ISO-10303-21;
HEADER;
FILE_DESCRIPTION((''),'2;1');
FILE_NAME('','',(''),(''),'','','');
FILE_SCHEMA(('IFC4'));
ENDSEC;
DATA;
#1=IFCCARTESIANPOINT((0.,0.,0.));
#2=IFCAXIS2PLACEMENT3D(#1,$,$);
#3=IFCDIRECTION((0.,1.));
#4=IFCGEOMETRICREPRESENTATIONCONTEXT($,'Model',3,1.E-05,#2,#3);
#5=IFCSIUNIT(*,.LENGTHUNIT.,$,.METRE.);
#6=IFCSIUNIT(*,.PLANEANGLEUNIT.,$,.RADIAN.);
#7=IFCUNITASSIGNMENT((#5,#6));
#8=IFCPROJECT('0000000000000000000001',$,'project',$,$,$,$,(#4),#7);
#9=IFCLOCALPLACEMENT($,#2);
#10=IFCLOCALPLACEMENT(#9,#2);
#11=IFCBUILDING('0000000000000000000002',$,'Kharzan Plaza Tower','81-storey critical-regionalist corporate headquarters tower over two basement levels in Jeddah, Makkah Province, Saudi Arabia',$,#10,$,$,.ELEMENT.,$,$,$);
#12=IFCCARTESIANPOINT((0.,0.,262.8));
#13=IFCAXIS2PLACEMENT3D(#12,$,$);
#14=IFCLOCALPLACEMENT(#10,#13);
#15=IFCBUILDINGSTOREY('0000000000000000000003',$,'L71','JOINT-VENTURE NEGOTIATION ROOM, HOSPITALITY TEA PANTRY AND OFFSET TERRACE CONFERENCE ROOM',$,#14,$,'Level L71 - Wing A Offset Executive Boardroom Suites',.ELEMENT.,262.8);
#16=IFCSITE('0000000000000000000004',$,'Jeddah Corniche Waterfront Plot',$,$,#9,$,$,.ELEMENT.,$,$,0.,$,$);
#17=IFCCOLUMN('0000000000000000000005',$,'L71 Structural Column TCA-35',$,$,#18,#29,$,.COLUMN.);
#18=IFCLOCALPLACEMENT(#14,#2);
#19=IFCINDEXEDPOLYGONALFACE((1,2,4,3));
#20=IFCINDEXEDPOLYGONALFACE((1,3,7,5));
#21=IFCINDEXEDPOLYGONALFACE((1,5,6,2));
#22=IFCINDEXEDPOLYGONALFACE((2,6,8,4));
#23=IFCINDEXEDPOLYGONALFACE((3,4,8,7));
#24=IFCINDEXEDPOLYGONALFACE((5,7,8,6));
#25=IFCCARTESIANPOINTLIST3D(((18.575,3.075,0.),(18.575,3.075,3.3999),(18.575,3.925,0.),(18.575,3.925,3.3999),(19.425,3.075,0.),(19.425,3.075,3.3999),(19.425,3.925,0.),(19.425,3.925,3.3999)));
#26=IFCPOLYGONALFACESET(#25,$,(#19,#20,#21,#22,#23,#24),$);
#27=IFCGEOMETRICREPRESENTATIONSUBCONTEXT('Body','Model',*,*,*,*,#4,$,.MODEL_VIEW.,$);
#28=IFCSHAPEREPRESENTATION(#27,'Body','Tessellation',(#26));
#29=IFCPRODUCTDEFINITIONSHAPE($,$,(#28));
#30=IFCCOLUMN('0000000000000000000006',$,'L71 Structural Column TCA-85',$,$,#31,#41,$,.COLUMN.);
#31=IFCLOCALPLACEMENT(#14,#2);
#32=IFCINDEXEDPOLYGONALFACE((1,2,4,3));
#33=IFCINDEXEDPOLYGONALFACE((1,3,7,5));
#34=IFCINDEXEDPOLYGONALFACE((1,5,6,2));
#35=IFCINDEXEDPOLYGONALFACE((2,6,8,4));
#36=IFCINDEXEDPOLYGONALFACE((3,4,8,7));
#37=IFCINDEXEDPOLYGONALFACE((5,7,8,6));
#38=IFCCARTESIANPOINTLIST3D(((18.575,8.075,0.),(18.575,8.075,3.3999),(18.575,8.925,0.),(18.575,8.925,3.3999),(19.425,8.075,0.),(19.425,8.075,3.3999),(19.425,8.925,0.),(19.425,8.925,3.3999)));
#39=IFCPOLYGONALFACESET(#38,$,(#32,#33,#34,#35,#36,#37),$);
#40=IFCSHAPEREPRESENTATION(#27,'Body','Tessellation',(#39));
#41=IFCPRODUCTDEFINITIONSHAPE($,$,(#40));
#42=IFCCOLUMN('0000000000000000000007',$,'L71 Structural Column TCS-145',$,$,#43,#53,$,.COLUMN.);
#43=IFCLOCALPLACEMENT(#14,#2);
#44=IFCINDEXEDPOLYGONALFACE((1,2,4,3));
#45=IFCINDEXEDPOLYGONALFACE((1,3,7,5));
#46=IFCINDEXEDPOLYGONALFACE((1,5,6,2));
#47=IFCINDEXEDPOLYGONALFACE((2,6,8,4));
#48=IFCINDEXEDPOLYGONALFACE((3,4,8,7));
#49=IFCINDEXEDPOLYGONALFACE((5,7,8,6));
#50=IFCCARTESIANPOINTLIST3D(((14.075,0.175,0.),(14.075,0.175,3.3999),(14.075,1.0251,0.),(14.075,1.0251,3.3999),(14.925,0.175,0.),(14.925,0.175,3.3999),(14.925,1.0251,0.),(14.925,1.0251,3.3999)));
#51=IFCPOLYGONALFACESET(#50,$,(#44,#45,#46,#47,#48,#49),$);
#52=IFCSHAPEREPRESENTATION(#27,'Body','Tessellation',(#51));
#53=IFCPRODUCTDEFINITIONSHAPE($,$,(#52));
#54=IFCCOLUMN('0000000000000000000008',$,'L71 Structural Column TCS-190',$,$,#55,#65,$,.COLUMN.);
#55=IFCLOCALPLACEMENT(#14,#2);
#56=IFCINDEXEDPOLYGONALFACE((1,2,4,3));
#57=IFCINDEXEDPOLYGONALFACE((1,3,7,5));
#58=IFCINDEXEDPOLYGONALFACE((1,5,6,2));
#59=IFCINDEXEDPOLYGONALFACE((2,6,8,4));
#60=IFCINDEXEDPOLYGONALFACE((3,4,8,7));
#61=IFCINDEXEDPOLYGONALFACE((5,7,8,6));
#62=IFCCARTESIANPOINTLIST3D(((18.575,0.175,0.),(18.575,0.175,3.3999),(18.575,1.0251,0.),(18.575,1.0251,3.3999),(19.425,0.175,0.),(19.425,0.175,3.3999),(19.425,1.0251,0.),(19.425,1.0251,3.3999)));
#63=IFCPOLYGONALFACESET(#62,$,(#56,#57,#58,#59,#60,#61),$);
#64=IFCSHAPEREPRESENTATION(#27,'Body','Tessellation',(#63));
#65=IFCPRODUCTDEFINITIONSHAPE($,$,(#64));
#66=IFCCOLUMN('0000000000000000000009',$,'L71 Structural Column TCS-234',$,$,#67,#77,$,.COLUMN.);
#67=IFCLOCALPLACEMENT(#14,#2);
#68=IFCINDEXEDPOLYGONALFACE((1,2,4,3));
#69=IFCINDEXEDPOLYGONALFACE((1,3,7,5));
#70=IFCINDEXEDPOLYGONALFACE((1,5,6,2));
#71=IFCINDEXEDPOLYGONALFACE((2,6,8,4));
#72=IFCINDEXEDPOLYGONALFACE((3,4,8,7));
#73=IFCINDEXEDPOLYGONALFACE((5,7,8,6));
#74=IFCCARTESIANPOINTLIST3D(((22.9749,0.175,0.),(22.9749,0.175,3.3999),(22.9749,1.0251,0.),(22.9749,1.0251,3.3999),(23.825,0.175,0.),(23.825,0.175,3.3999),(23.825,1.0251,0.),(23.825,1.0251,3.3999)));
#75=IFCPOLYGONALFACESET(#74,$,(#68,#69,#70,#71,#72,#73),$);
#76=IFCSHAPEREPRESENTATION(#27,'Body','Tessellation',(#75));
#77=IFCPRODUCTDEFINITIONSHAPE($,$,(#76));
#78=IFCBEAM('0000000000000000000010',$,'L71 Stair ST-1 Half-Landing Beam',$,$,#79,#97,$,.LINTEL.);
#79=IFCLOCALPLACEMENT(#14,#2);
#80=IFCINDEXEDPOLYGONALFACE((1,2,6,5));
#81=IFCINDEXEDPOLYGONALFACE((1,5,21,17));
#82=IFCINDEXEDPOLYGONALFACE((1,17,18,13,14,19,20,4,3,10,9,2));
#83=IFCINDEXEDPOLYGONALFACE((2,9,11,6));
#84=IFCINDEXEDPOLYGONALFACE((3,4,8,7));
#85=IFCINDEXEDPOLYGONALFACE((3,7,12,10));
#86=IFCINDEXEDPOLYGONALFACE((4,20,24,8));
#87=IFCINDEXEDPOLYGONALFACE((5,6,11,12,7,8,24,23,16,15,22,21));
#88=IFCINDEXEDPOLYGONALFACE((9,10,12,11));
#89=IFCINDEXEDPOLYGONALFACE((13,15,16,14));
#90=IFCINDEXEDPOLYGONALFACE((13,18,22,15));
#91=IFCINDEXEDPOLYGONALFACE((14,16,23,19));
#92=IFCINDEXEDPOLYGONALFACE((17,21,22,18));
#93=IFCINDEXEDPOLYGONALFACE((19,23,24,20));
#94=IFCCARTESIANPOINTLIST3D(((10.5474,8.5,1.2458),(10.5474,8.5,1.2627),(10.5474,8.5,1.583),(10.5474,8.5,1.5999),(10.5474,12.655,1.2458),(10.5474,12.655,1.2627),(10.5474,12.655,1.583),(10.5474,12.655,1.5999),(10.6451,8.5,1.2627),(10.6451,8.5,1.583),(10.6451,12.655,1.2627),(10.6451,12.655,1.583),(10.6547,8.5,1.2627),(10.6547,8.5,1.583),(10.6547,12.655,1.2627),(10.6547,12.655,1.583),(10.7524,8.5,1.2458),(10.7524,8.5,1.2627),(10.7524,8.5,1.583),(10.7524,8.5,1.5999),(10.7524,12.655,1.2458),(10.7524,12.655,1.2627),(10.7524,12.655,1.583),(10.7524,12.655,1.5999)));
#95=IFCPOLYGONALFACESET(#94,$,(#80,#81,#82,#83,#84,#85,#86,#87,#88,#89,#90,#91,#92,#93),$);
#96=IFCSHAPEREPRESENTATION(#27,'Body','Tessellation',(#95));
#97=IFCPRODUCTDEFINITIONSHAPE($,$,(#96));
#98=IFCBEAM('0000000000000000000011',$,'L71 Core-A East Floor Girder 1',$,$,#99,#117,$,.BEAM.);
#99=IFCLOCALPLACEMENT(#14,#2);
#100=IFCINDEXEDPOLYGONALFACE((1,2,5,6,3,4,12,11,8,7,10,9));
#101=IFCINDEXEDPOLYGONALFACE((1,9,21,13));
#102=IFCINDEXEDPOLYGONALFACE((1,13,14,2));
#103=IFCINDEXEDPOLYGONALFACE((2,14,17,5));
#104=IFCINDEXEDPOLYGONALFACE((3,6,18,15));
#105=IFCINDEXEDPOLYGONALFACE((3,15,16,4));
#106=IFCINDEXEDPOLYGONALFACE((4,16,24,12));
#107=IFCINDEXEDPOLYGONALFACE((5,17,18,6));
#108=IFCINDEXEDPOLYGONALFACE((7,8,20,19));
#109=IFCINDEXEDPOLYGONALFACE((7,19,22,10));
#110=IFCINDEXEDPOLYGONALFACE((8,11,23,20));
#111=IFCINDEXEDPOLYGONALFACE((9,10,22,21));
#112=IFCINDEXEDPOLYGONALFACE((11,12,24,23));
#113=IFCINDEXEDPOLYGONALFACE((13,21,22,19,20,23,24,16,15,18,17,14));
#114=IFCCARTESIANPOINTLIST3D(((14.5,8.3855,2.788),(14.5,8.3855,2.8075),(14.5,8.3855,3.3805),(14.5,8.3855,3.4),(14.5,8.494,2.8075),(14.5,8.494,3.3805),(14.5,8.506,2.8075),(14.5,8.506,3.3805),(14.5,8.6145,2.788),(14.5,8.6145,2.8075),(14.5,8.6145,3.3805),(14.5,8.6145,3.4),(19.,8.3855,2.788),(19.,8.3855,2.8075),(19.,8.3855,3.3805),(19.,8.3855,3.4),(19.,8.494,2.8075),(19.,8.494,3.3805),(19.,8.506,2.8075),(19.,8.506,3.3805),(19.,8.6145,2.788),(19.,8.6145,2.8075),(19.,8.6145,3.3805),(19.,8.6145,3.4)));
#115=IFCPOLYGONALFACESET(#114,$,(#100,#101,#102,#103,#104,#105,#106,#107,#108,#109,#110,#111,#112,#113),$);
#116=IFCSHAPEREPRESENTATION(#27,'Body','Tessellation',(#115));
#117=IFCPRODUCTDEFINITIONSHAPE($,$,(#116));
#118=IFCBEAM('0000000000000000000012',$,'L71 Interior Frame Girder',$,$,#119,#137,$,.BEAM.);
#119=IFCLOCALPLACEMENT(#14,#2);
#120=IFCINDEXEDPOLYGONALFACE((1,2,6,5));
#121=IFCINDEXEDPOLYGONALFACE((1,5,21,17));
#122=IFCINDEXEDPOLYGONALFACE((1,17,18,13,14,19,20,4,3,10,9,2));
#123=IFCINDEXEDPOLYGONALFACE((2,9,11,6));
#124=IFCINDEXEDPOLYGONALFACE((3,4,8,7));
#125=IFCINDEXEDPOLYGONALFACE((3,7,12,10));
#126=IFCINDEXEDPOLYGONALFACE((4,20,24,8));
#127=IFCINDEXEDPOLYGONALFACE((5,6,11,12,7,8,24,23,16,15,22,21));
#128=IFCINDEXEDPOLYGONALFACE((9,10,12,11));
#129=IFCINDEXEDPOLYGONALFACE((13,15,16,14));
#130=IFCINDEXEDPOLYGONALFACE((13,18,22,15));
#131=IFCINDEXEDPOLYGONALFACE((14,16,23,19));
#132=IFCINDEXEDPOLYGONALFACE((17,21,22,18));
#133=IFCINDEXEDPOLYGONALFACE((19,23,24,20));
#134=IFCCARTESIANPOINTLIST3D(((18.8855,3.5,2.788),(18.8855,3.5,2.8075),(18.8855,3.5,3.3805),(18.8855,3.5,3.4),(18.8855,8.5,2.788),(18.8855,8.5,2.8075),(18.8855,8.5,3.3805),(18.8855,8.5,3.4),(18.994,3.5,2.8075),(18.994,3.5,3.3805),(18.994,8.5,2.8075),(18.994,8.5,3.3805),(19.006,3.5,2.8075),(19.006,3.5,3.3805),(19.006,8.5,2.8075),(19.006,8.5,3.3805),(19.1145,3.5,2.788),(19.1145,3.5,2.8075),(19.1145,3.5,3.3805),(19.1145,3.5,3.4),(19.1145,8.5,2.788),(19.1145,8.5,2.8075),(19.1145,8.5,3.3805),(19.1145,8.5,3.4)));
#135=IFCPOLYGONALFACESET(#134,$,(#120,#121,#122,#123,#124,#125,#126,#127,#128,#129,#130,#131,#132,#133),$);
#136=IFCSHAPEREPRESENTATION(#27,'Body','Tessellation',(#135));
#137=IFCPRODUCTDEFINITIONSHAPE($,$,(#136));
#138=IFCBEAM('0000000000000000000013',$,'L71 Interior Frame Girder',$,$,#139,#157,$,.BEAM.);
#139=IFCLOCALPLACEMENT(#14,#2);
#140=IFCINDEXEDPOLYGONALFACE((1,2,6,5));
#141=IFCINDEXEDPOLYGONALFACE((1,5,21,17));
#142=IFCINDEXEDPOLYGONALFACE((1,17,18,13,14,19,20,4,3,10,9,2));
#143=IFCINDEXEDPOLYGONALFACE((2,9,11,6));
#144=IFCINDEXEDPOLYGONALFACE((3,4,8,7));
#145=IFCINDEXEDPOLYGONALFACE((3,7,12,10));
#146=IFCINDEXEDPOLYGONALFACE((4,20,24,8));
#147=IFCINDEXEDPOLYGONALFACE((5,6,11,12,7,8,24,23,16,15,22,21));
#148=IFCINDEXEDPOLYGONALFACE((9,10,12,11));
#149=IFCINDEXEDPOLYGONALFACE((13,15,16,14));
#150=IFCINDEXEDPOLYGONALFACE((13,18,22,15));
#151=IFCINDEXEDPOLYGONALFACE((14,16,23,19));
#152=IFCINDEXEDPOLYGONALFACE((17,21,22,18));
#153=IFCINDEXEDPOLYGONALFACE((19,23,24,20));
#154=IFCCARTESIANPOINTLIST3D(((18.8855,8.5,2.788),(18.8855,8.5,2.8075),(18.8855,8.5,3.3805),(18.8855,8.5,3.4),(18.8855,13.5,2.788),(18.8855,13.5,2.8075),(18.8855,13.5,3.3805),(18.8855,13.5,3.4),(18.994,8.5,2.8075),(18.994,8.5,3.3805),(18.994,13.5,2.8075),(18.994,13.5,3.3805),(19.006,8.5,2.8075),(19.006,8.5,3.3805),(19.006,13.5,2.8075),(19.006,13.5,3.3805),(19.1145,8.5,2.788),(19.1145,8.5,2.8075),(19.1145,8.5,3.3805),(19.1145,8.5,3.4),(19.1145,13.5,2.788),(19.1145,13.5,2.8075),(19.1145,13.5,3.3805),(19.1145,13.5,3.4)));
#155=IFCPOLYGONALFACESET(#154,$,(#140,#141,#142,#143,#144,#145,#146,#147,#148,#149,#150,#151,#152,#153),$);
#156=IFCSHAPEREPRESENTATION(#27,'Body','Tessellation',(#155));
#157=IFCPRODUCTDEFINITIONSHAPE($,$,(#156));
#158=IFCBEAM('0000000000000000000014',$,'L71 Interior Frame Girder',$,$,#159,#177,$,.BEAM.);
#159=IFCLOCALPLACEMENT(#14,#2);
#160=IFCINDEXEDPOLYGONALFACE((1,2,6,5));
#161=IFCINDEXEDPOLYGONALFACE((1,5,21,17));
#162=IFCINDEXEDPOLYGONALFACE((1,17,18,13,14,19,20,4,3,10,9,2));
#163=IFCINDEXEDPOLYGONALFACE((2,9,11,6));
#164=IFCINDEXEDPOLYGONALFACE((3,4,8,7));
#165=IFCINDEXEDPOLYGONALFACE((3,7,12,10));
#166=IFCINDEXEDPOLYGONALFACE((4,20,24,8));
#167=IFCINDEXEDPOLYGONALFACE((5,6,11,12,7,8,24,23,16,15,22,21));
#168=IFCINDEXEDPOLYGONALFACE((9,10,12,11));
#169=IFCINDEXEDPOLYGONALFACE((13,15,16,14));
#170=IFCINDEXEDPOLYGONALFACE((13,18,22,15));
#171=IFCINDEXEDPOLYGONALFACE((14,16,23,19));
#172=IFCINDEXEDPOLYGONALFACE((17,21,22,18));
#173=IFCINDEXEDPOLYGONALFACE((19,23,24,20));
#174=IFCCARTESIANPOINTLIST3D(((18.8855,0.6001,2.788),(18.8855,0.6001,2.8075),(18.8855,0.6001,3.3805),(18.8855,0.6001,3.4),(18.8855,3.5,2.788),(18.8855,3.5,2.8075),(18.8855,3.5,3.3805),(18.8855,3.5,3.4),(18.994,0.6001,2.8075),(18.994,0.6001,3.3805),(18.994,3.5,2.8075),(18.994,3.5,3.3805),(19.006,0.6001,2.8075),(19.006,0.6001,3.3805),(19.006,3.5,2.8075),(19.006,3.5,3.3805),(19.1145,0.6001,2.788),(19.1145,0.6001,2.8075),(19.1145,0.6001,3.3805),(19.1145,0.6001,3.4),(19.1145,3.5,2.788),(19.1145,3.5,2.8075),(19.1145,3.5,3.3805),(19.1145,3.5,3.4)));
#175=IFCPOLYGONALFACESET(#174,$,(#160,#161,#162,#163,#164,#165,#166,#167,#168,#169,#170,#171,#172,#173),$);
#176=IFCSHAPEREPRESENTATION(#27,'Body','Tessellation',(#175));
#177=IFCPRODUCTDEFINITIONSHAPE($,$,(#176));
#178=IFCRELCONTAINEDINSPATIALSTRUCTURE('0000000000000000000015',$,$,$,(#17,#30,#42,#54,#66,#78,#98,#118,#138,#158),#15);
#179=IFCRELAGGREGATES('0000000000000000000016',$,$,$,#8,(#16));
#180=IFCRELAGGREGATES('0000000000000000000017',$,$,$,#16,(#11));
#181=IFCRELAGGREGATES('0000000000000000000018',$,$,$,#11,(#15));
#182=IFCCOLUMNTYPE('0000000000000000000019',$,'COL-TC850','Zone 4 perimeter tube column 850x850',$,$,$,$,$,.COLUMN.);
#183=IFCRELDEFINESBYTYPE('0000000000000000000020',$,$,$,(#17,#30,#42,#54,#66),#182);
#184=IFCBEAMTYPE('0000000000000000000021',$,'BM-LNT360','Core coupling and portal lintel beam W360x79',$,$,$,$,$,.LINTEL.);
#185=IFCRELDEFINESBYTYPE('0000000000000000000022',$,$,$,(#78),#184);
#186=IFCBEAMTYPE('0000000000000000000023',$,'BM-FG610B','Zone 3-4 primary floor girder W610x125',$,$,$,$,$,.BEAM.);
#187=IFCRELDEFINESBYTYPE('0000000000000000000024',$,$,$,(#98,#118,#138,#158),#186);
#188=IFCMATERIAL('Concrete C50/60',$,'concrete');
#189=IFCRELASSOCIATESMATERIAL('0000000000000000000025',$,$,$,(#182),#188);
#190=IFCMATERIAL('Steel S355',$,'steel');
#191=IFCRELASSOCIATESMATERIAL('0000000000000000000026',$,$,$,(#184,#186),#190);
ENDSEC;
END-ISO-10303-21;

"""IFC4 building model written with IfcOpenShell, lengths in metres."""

from ifc_helpers import new_model, si_unit, direction, frame, origin, origin_2d, place, context, subcontext, project, spatial, rectangle, i_section, extrude, source, transform, mapped, material, material_profile, profile_set, type_object, element, save


model = new_model("IFC4")

# Units and contexts
model_context = context("Model", 3, precision=1e-05, world=origin(), true_north=direction((0.0, 1.0)))
body_context = subcontext(model_context, "Body", "Model", "MODEL_VIEW")
ifc_project = project(units=[si_unit("LENGTHUNIT", "METRE"), si_unit("PLANEANGLEUNIT", "RADIAN")], contexts=[model_context])

# Site, building, storey
site_placement = place(None, origin())
site = spatial("IfcSite", under=ifc_project, at=site_placement, Name="Jeddah Corniche Waterfront Plot", CompositionType="ELEMENT", RefElevation=0.0)
building_placement = place(site_placement, origin())
building = spatial("IfcBuilding", under=site, at=building_placement, Name="Kharzan Plaza Tower", Description="81-storey critical-regionalist corporate headquarters tower over two basement levels in Jeddah, Makkah Province, Saudi Arabia", CompositionType="ELEMENT")
storey_placement = place(building_placement, frame((0.0, 0.0, 262.8)))
storey = spatial("IfcBuildingStorey", under=building, at=storey_placement, Name="L71", Description="JOINT-VENTURE NEGOTIATION ROOM, HOSPITALITY TEA PANTRY AND OFFSET TERRACE CONFERENCE ROOM", LongName="Level L71 - Wing A Offset Executive Boardroom Suites", CompositionType="ELEMENT", Elevation=262.8)

# Columns
ifc_material_1 = material(Name="Concrete C50/60", Category="concrete")
ifc_material_profile_1 = material_profile(ifc_material_1, rectangle(XDim=0.8501, YDim=0.8501, at=origin_2d()), Name="RC-TC850x850")
ifc_profile_set_1 = profile_set([ifc_material_profile_1], Name="Concrete C50/60")
column_type = type_object("IfcColumnType", Name="COL-TC850", Description="Zone 4 perimeter tube column 850x850", PredefinedType="COLUMN", material=ifc_profile_set_1)
shared_shape_1 = source(origin(), body_context, "Body", "SweptSolid", [
    extrude(rectangle(XDim=0.8501, YDim=0.8501, at=origin_2d()), origin(), (0.0, 0.0, 1.0), 3.3999),
])
for number, where, z_axis, x_axis, name in (
    (1, (19.0, 3.5, 0.0), (0.0, 0.0, 1.0), (1.0, 0.0, 0.0), "L71 Structural Column TCA-35"),
    (2, (19.0, 8.5, 0.0), (0.0, 0.0, 1.0), (1.0, 0.0, 0.0), "L71 Structural Column TCA-85"),
    (3, (14.5, 0.6001, 0.0), (0.0, 0.0, 1.0), (1.0, 0.0, 0.0), "L71 Structural Column TCS-145"),
    (4, (19.0, 0.6001, 0.0), (0.0, 0.0, 1.0), (1.0, 0.0, 0.0), "L71 Structural Column TCS-190"),
    (5, (23.3999, 0.6001, 0.0), (0.0, 0.0, 1.0), (1.0, 0.0, 0.0), "L71 Structural Column TCS-234"),
):
    element("IfcColumn", number, at=place(storey_placement, frame(where, z_axis=z_axis, x_axis=x_axis)), inside=storey, type_object=column_type, Name=name, PredefinedType="COLUMN", context=body_context, shape_type="MappedRepresentation", body=[
        mapped(shared_shape_1, transform((0.0, 0.0, 0.0), x_axis=(1.0, 0.0, 0.0), y_axis=(0.0, 1.0, 0.0), z_axis=(0.0, 0.0, 1.0))),
    ])

# Beams
ifc_material_2 = material(Name="Steel S355", Category="steel")
ifc_material_profile_2 = material_profile(ifc_material_2, i_section(OverallWidth=0.2051, OverallDepth=0.354, WebThickness=0.0095, FlangeThickness=0.0168, at=origin_2d()), Name="W360x79")
ifc_profile_set_2 = profile_set([ifc_material_profile_2], Name="Steel S355")
beam_type_1 = type_object("IfcBeamType", Name="BM-LNT360", Description="Core coupling and portal lintel beam W360x79", PredefinedType="LINTEL", material=ifc_profile_set_2)
shared_shape_2 = source(origin(), body_context, "Body", "SweptSolid", [
    extrude(i_section(OverallWidth=0.2051, OverallDepth=0.354, WebThickness=0.0095, FlangeThickness=0.0168, at=origin_2d()), origin(), (0.0, 0.0, 1.0), 4.155),
])
beam_1_placement = place(storey_placement, frame((10.6499, 8.5, 1.4229), z_axis=(0.0, 1.0, 0.0), x_axis=(-1.0, 0.0, 0.0)))
element("IfcBeam", 6, at=beam_1_placement, inside=storey, type_object=beam_type_1, Name="L71 Stair ST-1 Half-Landing Beam", PredefinedType="LINTEL", context=body_context, shape_type="MappedRepresentation", body=[
    mapped(shared_shape_2, transform((0.0, 0.0, 0.0), x_axis=(1.0, 0.0, 0.0), y_axis=(0.0, 1.0, 0.0), z_axis=(0.0, 0.0, 1.0))),
])
ifc_material_profile_3 = material_profile(ifc_material_2, i_section(OverallWidth=0.229, OverallDepth=0.6121, WebThickness=0.012, FlangeThickness=0.0195, at=origin_2d()), Name="W610x125")
ifc_profile_set_3 = profile_set([ifc_material_profile_3], Name="Steel S355")
beam_type_2 = type_object("IfcBeamType", Name="BM-FG610B", Description="Zone 3-4 primary floor girder W610x125", PredefinedType="BEAM", material=ifc_profile_set_3)
shared_shape_3 = source(origin(), body_context, "Body", "SweptSolid", [
    extrude(i_section(OverallWidth=0.229, OverallDepth=0.6121, WebThickness=0.012, FlangeThickness=0.0195, at=origin_2d()), origin(), (0.0, 0.0, 1.0), 4.5),
])
beam_2_placement = place(storey_placement, frame((14.5, 8.5, 3.094), z_axis=(1.0, 0.0, 0.0), x_axis=(0.0, 1.0, 0.0)))
element("IfcBeam", 7, at=beam_2_placement, inside=storey, type_object=beam_type_2, Name="L71 Core-A East Floor Girder 1", PredefinedType="BEAM", context=body_context, shape_type="MappedRepresentation", body=[
    mapped(shared_shape_3, transform((0.0, 0.0, 0.0), x_axis=(1.0, 0.0, 0.0), y_axis=(0.0, 1.0, 0.0), z_axis=(0.0, 0.0, 1.0))),
])
shared_shape_4 = source(origin(), body_context, "Body", "SweptSolid", [
    extrude(i_section(OverallWidth=0.229, OverallDepth=0.6121, WebThickness=0.012, FlangeThickness=0.0195, at=origin_2d()), origin(), (0.0, 0.0, 1.0), 5.0),
])
for number, where, z_axis, x_axis, name in (
    (8, (19.0, 3.5, 3.094), (0.0, 1.0, 0.0), (-1.0, 0.0, 0.0), "L71 Interior Frame Girder"),
    (9, (19.0, 8.5, 3.094), (0.0, 1.0, 0.0), (-1.0, 0.0, 0.0), "L71 Interior Frame Girder"),
):
    element("IfcBeam", number, at=place(storey_placement, frame(where, z_axis=z_axis, x_axis=x_axis)), inside=storey, type_object=beam_type_2, Name=name, PredefinedType="BEAM", context=body_context, shape_type="MappedRepresentation", body=[
        mapped(shared_shape_4, transform((0.0, 0.0, 0.0), x_axis=(1.0, 0.0, 0.0), y_axis=(0.0, 1.0, 0.0), z_axis=(0.0, 0.0, 1.0))),
    ])
shared_shape_5 = source(origin(), body_context, "Body", "SweptSolid", [
    extrude(i_section(OverallWidth=0.229, OverallDepth=0.6121, WebThickness=0.012, FlangeThickness=0.0195, at=origin_2d()), origin(), (0.0, 0.0, 1.0), 2.8999),
])
beam_3_placement = place(storey_placement, frame((19.0, 0.6001, 3.094), z_axis=(0.0, 1.0, 0.0), x_axis=(-1.0, 0.0, 0.0)))
element("IfcBeam", 10, at=beam_3_placement, inside=storey, type_object=beam_type_2, Name="L71 Interior Frame Girder", PredefinedType="BEAM", context=body_context, shape_type="MappedRepresentation", body=[
    mapped(shared_shape_5, transform((0.0, 0.0, 0.0), x_axis=(1.0, 0.0, 0.0), y_axis=(0.0, 1.0, 0.0), z_axis=(0.0, 0.0, 1.0))),
])

save(model, "model.ifc")
